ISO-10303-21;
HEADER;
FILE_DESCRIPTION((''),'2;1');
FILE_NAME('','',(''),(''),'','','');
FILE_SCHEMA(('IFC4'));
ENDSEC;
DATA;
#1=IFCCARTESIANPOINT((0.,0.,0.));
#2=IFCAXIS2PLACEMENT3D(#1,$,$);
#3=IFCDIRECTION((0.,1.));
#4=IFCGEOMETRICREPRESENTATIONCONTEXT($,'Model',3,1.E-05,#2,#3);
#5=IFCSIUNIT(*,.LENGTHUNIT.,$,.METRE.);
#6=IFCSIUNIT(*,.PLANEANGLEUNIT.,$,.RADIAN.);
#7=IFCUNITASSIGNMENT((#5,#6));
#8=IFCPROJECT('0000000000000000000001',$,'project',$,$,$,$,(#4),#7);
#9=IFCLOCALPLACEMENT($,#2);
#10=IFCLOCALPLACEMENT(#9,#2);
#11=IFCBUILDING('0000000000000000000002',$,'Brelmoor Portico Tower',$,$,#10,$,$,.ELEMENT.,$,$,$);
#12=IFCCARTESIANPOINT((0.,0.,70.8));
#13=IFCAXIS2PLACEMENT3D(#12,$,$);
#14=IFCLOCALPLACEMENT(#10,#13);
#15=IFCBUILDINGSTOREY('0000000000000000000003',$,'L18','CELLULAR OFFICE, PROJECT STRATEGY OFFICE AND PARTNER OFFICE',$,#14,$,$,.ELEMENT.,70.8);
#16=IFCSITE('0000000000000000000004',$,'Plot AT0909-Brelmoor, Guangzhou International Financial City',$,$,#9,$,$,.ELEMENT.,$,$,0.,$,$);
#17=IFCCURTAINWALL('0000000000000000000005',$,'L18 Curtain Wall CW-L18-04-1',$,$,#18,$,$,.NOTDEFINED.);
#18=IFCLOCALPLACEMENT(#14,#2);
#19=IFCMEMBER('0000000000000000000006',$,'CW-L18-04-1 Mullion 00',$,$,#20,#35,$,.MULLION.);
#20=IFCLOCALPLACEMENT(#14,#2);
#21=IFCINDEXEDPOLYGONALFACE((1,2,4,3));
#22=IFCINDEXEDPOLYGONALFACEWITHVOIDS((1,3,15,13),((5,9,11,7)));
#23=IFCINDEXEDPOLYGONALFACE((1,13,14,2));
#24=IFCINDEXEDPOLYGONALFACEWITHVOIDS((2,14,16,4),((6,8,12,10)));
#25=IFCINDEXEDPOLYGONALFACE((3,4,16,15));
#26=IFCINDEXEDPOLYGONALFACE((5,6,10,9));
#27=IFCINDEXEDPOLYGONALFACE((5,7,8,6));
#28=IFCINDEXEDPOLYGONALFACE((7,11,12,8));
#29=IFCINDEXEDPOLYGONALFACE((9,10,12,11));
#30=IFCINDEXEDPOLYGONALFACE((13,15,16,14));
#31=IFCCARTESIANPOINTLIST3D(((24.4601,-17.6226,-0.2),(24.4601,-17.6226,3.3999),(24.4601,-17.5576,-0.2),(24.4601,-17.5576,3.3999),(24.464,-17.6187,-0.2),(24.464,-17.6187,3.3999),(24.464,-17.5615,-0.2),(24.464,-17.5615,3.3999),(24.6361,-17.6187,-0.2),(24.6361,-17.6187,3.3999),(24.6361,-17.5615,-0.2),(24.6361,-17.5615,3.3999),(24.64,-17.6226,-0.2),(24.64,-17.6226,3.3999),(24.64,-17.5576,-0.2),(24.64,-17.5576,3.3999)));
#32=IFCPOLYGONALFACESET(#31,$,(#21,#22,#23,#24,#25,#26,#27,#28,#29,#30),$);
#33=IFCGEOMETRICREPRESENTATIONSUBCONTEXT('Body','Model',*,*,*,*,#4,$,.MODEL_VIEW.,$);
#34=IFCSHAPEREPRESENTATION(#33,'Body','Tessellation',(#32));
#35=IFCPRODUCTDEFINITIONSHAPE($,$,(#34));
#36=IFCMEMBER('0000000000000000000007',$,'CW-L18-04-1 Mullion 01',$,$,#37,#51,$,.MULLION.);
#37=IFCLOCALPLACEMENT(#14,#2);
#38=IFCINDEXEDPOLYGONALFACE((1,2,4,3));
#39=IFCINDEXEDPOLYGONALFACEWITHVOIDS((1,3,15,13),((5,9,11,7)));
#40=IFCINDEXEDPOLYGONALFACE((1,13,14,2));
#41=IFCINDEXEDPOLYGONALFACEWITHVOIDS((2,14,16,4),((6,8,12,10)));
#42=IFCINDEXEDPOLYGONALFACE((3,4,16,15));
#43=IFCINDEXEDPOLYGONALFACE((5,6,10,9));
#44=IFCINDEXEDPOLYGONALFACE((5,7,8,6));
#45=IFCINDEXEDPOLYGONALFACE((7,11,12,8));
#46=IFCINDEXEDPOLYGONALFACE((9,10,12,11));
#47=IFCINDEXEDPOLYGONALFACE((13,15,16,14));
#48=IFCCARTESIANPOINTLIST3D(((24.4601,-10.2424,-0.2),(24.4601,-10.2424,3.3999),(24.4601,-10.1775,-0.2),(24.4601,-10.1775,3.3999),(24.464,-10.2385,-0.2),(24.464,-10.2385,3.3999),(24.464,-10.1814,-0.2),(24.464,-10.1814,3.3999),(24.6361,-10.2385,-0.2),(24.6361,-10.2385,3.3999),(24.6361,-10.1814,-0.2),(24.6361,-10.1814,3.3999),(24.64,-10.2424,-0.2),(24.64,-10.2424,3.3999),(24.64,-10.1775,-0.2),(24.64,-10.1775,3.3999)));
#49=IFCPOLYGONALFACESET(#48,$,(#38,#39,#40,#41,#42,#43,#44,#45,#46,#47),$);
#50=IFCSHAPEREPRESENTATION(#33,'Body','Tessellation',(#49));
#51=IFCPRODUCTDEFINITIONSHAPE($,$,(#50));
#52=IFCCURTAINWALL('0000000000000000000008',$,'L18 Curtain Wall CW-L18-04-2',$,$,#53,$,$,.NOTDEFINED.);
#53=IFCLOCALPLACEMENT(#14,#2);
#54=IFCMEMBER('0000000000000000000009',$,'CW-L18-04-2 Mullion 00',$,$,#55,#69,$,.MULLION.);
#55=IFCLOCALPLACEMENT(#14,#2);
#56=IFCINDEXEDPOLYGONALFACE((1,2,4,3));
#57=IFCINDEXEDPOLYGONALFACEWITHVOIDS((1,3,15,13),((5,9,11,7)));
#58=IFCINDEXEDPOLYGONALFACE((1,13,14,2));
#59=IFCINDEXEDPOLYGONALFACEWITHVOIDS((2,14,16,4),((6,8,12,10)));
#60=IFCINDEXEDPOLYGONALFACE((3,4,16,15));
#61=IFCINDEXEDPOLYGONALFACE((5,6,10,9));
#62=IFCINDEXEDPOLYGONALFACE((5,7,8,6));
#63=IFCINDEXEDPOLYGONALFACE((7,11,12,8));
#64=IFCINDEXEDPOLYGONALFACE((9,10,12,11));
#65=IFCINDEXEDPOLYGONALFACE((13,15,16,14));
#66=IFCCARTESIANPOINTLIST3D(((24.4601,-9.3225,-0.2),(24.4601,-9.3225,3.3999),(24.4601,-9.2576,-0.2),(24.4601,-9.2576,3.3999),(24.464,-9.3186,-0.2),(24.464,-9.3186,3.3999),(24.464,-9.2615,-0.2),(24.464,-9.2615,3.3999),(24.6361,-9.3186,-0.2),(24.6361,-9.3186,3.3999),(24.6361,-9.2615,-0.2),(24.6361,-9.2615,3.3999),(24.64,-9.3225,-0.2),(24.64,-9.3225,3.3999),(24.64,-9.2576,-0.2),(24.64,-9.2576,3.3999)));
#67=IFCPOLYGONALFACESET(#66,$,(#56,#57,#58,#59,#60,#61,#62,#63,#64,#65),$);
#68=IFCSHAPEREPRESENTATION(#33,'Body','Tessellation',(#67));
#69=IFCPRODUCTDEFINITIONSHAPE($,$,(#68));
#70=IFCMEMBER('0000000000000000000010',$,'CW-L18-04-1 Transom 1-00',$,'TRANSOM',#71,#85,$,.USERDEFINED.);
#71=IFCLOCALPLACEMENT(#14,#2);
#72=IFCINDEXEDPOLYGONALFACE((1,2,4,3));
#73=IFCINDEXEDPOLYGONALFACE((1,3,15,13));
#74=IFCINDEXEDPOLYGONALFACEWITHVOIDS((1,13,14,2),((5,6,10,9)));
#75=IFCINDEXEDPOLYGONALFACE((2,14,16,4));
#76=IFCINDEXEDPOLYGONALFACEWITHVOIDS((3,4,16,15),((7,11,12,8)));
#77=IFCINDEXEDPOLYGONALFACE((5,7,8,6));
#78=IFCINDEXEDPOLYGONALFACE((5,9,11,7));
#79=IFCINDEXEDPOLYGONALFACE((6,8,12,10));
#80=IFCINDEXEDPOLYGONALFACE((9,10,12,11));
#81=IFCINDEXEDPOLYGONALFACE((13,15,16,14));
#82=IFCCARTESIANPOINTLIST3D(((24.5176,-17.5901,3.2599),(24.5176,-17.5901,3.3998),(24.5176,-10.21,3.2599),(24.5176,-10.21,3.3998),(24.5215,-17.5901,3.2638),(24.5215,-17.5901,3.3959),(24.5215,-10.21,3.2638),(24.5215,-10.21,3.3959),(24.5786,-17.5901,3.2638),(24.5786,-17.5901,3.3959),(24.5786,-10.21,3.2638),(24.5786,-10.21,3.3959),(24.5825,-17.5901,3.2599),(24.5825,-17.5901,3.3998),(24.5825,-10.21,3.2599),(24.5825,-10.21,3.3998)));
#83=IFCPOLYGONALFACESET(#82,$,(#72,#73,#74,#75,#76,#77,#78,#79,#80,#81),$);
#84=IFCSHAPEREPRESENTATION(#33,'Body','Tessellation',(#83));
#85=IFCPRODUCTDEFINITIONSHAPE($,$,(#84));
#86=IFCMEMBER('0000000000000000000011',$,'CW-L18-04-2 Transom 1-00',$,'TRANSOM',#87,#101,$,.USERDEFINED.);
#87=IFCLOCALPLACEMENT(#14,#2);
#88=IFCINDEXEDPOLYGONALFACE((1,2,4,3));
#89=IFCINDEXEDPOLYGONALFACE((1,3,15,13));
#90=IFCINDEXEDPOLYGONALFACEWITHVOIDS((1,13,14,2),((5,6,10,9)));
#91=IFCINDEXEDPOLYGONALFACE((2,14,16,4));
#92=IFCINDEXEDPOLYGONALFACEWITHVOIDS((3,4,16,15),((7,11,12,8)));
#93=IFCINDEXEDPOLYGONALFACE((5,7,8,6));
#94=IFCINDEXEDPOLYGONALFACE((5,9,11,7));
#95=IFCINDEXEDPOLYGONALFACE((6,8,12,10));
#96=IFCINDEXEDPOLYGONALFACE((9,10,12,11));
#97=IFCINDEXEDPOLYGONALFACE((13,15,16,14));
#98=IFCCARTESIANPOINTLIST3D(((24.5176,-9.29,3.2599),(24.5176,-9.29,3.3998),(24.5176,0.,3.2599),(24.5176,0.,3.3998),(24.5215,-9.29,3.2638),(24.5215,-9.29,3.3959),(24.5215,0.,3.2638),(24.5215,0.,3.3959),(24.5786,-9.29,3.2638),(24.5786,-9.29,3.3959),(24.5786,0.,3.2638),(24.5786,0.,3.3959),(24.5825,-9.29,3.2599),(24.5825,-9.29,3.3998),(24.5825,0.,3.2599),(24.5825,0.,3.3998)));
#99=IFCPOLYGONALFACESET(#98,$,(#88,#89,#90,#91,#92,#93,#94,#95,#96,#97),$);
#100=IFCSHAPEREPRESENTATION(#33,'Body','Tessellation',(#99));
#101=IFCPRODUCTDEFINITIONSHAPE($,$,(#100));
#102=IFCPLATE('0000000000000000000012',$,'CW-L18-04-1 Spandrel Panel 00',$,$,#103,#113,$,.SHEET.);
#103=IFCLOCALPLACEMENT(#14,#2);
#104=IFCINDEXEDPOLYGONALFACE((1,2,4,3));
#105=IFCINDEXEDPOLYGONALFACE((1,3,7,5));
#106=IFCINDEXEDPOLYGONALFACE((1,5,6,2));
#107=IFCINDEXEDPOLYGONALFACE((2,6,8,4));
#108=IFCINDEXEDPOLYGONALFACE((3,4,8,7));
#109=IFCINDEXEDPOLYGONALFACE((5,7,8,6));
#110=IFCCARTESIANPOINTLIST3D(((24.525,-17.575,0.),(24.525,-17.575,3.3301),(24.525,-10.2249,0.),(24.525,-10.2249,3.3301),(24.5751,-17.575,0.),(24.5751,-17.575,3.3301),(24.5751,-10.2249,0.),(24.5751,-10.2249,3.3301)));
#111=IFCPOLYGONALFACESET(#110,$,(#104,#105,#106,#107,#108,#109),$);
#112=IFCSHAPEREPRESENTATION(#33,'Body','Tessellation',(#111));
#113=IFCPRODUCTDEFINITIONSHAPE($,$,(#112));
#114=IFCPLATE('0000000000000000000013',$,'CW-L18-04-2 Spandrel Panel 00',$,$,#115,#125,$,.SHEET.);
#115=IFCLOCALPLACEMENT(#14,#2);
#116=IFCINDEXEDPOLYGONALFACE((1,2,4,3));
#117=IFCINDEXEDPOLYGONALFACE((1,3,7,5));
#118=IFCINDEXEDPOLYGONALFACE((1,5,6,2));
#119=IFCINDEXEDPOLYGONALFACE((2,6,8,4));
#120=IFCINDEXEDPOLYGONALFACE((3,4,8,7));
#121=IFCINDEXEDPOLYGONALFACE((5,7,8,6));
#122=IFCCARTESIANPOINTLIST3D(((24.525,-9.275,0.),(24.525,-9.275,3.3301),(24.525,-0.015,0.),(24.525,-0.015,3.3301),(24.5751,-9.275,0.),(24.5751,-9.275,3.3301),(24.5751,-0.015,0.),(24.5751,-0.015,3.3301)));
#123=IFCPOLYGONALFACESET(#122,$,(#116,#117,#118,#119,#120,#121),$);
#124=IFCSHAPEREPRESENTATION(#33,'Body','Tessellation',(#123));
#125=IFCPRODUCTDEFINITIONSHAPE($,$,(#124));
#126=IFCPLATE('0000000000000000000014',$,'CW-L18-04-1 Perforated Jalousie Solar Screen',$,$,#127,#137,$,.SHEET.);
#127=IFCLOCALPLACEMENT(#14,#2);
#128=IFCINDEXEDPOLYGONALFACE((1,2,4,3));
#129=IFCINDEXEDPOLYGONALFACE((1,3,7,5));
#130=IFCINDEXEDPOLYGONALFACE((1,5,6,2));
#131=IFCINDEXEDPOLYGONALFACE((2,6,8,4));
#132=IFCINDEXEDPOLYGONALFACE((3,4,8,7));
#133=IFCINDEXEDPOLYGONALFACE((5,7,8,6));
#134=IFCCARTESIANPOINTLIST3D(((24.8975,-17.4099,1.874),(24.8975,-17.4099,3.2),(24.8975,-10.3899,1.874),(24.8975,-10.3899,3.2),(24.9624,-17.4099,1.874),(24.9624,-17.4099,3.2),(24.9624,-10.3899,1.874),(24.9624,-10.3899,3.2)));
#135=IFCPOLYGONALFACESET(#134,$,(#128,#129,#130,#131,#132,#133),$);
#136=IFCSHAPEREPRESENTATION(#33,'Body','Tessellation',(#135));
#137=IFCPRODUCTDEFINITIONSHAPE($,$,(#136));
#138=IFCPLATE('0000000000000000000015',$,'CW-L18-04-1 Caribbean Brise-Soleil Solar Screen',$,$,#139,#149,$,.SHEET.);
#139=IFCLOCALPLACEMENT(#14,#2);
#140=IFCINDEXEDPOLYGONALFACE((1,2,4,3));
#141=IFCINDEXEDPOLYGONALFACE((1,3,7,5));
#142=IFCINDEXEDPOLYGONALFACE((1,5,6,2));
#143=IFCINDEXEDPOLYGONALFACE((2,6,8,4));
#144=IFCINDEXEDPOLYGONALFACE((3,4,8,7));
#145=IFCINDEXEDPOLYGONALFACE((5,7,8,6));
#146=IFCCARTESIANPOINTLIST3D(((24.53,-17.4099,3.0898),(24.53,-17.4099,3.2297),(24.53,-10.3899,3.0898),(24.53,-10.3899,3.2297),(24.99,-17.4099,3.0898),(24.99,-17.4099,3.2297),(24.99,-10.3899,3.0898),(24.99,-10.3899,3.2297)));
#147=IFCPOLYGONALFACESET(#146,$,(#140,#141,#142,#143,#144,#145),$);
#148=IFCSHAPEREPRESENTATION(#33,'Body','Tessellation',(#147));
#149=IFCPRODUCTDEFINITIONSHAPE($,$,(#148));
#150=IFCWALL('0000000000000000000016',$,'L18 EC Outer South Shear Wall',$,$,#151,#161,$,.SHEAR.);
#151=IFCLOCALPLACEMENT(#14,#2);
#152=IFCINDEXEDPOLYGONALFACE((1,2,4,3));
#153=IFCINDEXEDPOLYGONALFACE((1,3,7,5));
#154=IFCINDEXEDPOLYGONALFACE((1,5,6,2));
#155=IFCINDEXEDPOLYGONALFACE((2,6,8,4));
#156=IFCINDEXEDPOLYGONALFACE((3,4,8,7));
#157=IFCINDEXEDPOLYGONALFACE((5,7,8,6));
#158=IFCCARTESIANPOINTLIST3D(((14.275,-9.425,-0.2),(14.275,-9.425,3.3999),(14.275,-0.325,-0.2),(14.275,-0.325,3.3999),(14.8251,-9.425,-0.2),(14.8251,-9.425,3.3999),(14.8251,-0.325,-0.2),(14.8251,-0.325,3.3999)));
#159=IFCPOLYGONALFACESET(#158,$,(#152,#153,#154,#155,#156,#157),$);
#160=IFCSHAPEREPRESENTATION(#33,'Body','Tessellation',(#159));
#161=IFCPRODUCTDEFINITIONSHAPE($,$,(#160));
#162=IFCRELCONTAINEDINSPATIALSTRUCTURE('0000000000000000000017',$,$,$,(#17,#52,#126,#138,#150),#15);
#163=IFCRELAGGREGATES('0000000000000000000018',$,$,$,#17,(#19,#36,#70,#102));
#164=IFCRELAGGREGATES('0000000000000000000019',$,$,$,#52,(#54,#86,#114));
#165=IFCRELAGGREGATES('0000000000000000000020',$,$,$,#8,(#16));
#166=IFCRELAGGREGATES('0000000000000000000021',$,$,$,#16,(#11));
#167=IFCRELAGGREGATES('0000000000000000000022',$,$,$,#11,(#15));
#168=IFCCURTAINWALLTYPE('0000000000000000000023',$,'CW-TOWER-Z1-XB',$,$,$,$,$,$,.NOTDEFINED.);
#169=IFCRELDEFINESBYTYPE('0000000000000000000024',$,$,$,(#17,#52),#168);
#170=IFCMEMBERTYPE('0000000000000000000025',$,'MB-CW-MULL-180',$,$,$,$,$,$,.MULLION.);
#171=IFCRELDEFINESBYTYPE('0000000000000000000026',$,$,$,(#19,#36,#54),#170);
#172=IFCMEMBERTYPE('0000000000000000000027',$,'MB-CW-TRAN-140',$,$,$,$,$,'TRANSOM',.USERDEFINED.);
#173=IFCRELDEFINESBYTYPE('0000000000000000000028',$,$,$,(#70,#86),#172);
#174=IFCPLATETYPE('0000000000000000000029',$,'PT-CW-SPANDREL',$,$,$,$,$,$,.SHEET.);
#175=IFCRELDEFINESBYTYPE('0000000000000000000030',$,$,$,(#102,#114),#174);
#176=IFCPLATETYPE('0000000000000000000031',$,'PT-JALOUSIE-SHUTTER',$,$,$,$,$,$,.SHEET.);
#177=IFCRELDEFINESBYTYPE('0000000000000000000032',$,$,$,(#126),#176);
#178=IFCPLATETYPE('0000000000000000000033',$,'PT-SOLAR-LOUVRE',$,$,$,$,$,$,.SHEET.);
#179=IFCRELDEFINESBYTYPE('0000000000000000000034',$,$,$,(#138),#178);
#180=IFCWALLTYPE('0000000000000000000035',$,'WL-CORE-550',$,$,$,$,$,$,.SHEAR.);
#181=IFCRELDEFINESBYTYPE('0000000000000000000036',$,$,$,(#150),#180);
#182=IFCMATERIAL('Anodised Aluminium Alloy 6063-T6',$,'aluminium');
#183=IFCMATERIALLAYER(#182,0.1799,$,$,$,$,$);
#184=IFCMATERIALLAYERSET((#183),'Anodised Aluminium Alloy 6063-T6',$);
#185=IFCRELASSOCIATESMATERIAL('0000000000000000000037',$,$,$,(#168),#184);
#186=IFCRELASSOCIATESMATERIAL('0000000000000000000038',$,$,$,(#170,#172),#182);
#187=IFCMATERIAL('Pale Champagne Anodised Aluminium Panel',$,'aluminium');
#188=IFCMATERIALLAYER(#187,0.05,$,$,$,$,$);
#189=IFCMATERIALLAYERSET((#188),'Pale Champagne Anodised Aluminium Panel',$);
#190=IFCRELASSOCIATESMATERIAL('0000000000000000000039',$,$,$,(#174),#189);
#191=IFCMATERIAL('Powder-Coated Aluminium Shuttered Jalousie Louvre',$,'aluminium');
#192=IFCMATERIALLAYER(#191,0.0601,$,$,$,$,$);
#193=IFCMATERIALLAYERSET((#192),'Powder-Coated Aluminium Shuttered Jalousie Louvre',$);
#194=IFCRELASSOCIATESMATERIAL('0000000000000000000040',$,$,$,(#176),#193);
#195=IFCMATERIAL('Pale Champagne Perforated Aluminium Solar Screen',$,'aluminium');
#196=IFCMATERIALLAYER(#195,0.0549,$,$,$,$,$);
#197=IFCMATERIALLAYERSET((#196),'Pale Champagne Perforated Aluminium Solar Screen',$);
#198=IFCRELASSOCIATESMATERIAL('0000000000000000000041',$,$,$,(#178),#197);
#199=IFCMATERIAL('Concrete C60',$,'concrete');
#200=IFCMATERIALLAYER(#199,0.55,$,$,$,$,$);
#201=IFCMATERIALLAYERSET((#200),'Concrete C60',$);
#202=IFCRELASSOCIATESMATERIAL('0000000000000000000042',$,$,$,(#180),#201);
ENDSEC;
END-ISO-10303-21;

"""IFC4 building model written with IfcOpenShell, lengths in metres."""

from ifc_helpers import new_model, si_unit, direction, frame, frame_2d, origin, origin_2d, place, context, subcontext, project, spatial, rectangle, hollow_rectangle, extrude, material, layer, layer_set, material_profile, profile_set, type_object, element, aggregate, save


model = new_model("IFC4")

# Units and contexts
model_context = context("Model", 3, precision=1e-05, world=origin(), true_north=direction((0.0, 1.0)))
body_context = subcontext(model_context, "Body", "Model", "MODEL_VIEW")
ifc_project = project(units=[si_unit("LENGTHUNIT", "METRE"), si_unit("PLANEANGLEUNIT", "RADIAN")], contexts=[model_context])

# Site, building, storey
site_placement = place(None, origin())
site = spatial("IfcSite", under=ifc_project, at=site_placement, Name="Plot AT0909-Brelmoor, Guangzhou International Financial City", CompositionType="ELEMENT", RefElevation=0.0)
building_placement = place(site_placement, origin())
building = spatial("IfcBuilding", under=site, at=building_placement, Name="Brelmoor Portico Tower", CompositionType="ELEMENT")
storey_placement = place(building_placement, frame((0.0, 0.0, 70.8)))
storey = spatial("IfcBuildingStorey", under=building, at=storey_placement, Name="L18", Description="CELLULAR OFFICE, PROJECT STRATEGY OFFICE AND PARTNER OFFICE", CompositionType="ELEMENT", Elevation=70.8)

# Curtain wall, members
ifc_material_1 = material(Name="Anodised Aluminium Alloy 6063-T6", Category="aluminium")
ifc_layer_1 = layer(ifc_material_1, 0.1799)
ifc_layer_set_1 = layer_set([ifc_layer_1], Name="Anodised Aluminium Alloy 6063-T6")
curtain_wall_type = type_object("IfcCurtainWallType", Name="CW-TOWER-Z1-XB", PredefinedType="NOTDEFINED", material=ifc_layer_set_1)
curtain_wall_1_placement = place(storey_placement, origin())
curtain_wall_1 = element("IfcCurtainWall", 1, at=curtain_wall_1_placement, inside=storey, type_object=curtain_wall_type, Name="L18 Curtain Wall CW-L18-04-1", PredefinedType="NOTDEFINED")
ifc_material_profile_1 = material_profile(ifc_material_1, hollow_rectangle(XDim=0.0649, YDim=0.1799, WallThickness=0.0039, at=origin_2d()), Name="ALU MULLION 65x180")
ifc_profile_set_1 = profile_set([ifc_material_profile_1], Name="Anodised Aluminium Alloy 6063-T6")
member_type_1 = type_object("IfcMemberType", Name="MB-CW-MULL-180", PredefinedType="MULLION", material=ifc_profile_set_1)
member_1_placement = place(storey_placement, frame((24.55, -17.5901, -0.2), z_axis=(0.0, 0.0, 1.0), x_axis=(0.0, 1.0, 0.0)))
member_1 = element("IfcMember", 2, at=member_1_placement, type_object=member_type_1, Name="CW-L18-04-1 Mullion 00", PredefinedType="MULLION", context=body_context, shape_type="SweptSolid", body=[
    extrude(hollow_rectangle(XDim=0.0649, YDim=0.1799, WallThickness=0.0039, at=origin_2d()), origin(), (0.0, 0.0, 1.0), 3.5999),
])
member_2_placement = place(storey_placement, frame((24.55, -10.21, -0.2), z_axis=(0.0, 0.0, 1.0), x_axis=(0.0, 1.0, 0.0)))
member_2 = element("IfcMember", 3, at=member_2_placement, type_object=member_type_1, Name="CW-L18-04-1 Mullion 01", PredefinedType="MULLION", context=body_context, shape_type="SweptSolid", body=[
    extrude(hollow_rectangle(XDim=0.0649, YDim=0.1799, WallThickness=0.0039, at=origin_2d()), origin(), (0.0, 0.0, 1.0), 3.5999),
])

# Curtain wall, member
curtain_wall_2_placement = place(storey_placement, origin())
curtain_wall_2 = element("IfcCurtainWall", 4, at=curtain_wall_2_placement, inside=storey, type_object=curtain_wall_type, Name="L18 Curtain Wall CW-L18-04-2", PredefinedType="NOTDEFINED")
member_3_placement = place(storey_placement, frame((24.55, -9.29, -0.2), z_axis=(0.0, 0.0, 1.0), x_axis=(0.0, 1.0, 0.0)))
member_3 = element("IfcMember", 5, at=member_3_placement, type_object=member_type_1, Name="CW-L18-04-2 Mullion 00", PredefinedType="MULLION", context=body_context, shape_type="SweptSolid", body=[
    extrude(hollow_rectangle(XDim=0.0649, YDim=0.1799, WallThickness=0.0039, at=origin_2d()), origin(), (0.0, 0.0, 1.0), 3.5999),
])

# Members
ifc_material_profile_2 = material_profile(ifc_material_1, hollow_rectangle(XDim=0.0649, YDim=0.1399, WallThickness=0.0039, at=origin_2d()), Name="ALU TRANSOM 65x140")
ifc_profile_set_2 = profile_set([ifc_material_profile_2], Name="Anodised Aluminium Alloy 6063-T6")
member_type_2 = type_object("IfcMemberType", Name="MB-CW-TRAN-140", ElementType="TRANSOM", PredefinedType="USERDEFINED", material=ifc_profile_set_2)
member_4_placement = place(storey_placement, frame((24.55, -17.5901, 3.3298), z_axis=(0.0, 1.0, 0.0), x_axis=(-1.0, 0.0, 0.0)))
member_4 = element("IfcMember", 6, at=member_4_placement, type_object=member_type_2, Name="CW-L18-04-1 Transom 1-00", ObjectType="TRANSOM", PredefinedType="USERDEFINED", context=body_context, shape_type="SweptSolid", body=[
    extrude(hollow_rectangle(XDim=0.0649, YDim=0.1399, WallThickness=0.0039, at=origin_2d()), origin(), (0.0, 0.0, 1.0), 7.3801),
])
member_5_placement = place(storey_placement, frame((24.55, -9.29, 3.3298), z_axis=(0.0, 1.0, 0.0), x_axis=(-1.0, 0.0, 0.0)))
member_5 = element("IfcMember", 7, at=member_5_placement, type_object=member_type_2, Name="CW-L18-04-2 Transom 1-00", ObjectType="TRANSOM", PredefinedType="USERDEFINED", context=body_context, shape_type="SweptSolid", body=[
    extrude(hollow_rectangle(XDim=0.0649, YDim=0.1399, WallThickness=0.0039, at=origin_2d()), origin(), (0.0, 0.0, 1.0), 9.29),
])

# Plates
ifc_material_2 = material(Name="Pale Champagne Anodised Aluminium Panel", Category="aluminium")
ifc_layer_2 = layer(ifc_material_2, 0.05)
ifc_layer_set_2 = layer_set([ifc_layer_2], Name="Pale Champagne Anodised Aluminium Panel")
plate_type_1 = type_object("IfcPlateType", Name="PT-CW-SPANDREL", PredefinedType="SHEET", material=ifc_layer_set_2)
plate_1_placement = place(storey_placement, frame((24.55, -13.8999, 0.0), z_axis=(0.0, 0.0, 1.0), x_axis=(0.0, 1.0, 0.0)))
plate_1 = element("IfcPlate", 8, at=plate_1_placement, type_object=plate_type_1, Name="CW-L18-04-1 Spandrel Panel 00", PredefinedType="SHEET", context=body_context, shape_type="SweptSolid", body=[
    extrude(rectangle(XDim=7.3501, YDim=0.05, at=origin_2d()), origin(), (0.0, 0.0, 1.0), 3.3301),
])
aggregate(curtain_wall_1, [member_1, member_2, member_4, plate_1])
plate_2_placement = place(storey_placement, frame((24.55, -4.645, 0.0), z_axis=(0.0, 0.0, 1.0), x_axis=(0.0, 1.0, 0.0)))
plate_2 = element("IfcPlate", 9, at=plate_2_placement, type_object=plate_type_1, Name="CW-L18-04-2 Spandrel Panel 00", PredefinedType="SHEET", context=body_context, shape_type="SweptSolid", body=[
    extrude(rectangle(XDim=9.26, YDim=0.05, at=origin_2d()), origin(), (0.0, 0.0, 1.0), 3.3301),
])
aggregate(curtain_wall_2, [member_3, member_5, plate_2])

# Plates
ifc_material_3 = material(Name="Powder-Coated Aluminium Shuttered Jalousie Louvre", Category="aluminium")
ifc_layer_3 = layer(ifc_material_3, 0.0601)
ifc_layer_set_3 = layer_set([ifc_layer_3], Name="Powder-Coated Aluminium Shuttered Jalousie Louvre")
plate_type_2 = type_object("IfcPlateType", Name="PT-JALOUSIE-SHUTTER", PredefinedType="SHEET", material=ifc_layer_set_3)
plate_3_placement = place(storey_placement, frame((24.9299, -13.8999, 1.874), z_axis=(0.0, 0.0, 1.0), x_axis=(0.0, 1.0, 0.0)))
element("IfcPlate", 10, at=plate_3_placement, inside=storey, type_object=plate_type_2, Name="CW-L18-04-1 Perforated Jalousie Solar Screen", PredefinedType="SHEET", context=body_context, shape_type="SweptSolid", body=[
    extrude(rectangle(XDim=7.02, YDim=0.0649, at=origin_2d()), origin(), (0.0, 0.0, 1.0), 1.3259),
])
ifc_material_4 = material(Name="Pale Champagne Perforated Aluminium Solar Screen", Category="aluminium")
ifc_layer_4 = layer(ifc_material_4, 0.0549)
ifc_layer_set_4 = layer_set([ifc_layer_4], Name="Pale Champagne Perforated Aluminium Solar Screen")
plate_type_3 = type_object("IfcPlateType", Name="PT-SOLAR-LOUVRE", PredefinedType="SHEET", material=ifc_layer_set_4)
plate_4_placement = place(storey_placement, frame((24.76, -13.8999, 3.0898), z_axis=(0.0, 0.0, 1.0), x_axis=(0.0, 1.0, 0.0)))
element("IfcPlate", 11, at=plate_4_placement, inside=storey, type_object=plate_type_3, Name="CW-L18-04-1 Caribbean Brise-Soleil Solar Screen", PredefinedType="SHEET", context=body_context, shape_type="SweptSolid", body=[
    extrude(rectangle(XDim=7.02, YDim=0.46, at=origin_2d()), origin(), (0.0, 0.0, 1.0), 0.1399),
])

# Wall
ifc_material_5 = material(Name="Concrete C60", Category="concrete")
ifc_layer_5 = layer(ifc_material_5, 0.55)
ifc_layer_set_5 = layer_set([ifc_layer_5], Name="Concrete C60")
wall_type_1 = type_object("IfcWallType", Name="WL-CORE-550", PredefinedType="SHEAR", material=ifc_layer_set_5)
wall_1_placement = place(storey_placement, frame((14.55, -9.425, -0.2), z_axis=(0.0, 0.0, 1.0), x_axis=(0.0, 1.0, 0.0)))
element("IfcWall", 12, at=wall_1_placement, inside=storey, type_object=wall_type_1, Name="L18 EC Outer South Shear Wall", PredefinedType="SHEAR", context=body_context, shape_type="SweptSolid", body=[
    extrude(rectangle(XDim=9.1001, YDim=0.55, at=frame_2d((4.55, 0.0))), origin(), (0.0, 0.0, 1.0), 3.5999),
])

save(model, "model.ifc")
